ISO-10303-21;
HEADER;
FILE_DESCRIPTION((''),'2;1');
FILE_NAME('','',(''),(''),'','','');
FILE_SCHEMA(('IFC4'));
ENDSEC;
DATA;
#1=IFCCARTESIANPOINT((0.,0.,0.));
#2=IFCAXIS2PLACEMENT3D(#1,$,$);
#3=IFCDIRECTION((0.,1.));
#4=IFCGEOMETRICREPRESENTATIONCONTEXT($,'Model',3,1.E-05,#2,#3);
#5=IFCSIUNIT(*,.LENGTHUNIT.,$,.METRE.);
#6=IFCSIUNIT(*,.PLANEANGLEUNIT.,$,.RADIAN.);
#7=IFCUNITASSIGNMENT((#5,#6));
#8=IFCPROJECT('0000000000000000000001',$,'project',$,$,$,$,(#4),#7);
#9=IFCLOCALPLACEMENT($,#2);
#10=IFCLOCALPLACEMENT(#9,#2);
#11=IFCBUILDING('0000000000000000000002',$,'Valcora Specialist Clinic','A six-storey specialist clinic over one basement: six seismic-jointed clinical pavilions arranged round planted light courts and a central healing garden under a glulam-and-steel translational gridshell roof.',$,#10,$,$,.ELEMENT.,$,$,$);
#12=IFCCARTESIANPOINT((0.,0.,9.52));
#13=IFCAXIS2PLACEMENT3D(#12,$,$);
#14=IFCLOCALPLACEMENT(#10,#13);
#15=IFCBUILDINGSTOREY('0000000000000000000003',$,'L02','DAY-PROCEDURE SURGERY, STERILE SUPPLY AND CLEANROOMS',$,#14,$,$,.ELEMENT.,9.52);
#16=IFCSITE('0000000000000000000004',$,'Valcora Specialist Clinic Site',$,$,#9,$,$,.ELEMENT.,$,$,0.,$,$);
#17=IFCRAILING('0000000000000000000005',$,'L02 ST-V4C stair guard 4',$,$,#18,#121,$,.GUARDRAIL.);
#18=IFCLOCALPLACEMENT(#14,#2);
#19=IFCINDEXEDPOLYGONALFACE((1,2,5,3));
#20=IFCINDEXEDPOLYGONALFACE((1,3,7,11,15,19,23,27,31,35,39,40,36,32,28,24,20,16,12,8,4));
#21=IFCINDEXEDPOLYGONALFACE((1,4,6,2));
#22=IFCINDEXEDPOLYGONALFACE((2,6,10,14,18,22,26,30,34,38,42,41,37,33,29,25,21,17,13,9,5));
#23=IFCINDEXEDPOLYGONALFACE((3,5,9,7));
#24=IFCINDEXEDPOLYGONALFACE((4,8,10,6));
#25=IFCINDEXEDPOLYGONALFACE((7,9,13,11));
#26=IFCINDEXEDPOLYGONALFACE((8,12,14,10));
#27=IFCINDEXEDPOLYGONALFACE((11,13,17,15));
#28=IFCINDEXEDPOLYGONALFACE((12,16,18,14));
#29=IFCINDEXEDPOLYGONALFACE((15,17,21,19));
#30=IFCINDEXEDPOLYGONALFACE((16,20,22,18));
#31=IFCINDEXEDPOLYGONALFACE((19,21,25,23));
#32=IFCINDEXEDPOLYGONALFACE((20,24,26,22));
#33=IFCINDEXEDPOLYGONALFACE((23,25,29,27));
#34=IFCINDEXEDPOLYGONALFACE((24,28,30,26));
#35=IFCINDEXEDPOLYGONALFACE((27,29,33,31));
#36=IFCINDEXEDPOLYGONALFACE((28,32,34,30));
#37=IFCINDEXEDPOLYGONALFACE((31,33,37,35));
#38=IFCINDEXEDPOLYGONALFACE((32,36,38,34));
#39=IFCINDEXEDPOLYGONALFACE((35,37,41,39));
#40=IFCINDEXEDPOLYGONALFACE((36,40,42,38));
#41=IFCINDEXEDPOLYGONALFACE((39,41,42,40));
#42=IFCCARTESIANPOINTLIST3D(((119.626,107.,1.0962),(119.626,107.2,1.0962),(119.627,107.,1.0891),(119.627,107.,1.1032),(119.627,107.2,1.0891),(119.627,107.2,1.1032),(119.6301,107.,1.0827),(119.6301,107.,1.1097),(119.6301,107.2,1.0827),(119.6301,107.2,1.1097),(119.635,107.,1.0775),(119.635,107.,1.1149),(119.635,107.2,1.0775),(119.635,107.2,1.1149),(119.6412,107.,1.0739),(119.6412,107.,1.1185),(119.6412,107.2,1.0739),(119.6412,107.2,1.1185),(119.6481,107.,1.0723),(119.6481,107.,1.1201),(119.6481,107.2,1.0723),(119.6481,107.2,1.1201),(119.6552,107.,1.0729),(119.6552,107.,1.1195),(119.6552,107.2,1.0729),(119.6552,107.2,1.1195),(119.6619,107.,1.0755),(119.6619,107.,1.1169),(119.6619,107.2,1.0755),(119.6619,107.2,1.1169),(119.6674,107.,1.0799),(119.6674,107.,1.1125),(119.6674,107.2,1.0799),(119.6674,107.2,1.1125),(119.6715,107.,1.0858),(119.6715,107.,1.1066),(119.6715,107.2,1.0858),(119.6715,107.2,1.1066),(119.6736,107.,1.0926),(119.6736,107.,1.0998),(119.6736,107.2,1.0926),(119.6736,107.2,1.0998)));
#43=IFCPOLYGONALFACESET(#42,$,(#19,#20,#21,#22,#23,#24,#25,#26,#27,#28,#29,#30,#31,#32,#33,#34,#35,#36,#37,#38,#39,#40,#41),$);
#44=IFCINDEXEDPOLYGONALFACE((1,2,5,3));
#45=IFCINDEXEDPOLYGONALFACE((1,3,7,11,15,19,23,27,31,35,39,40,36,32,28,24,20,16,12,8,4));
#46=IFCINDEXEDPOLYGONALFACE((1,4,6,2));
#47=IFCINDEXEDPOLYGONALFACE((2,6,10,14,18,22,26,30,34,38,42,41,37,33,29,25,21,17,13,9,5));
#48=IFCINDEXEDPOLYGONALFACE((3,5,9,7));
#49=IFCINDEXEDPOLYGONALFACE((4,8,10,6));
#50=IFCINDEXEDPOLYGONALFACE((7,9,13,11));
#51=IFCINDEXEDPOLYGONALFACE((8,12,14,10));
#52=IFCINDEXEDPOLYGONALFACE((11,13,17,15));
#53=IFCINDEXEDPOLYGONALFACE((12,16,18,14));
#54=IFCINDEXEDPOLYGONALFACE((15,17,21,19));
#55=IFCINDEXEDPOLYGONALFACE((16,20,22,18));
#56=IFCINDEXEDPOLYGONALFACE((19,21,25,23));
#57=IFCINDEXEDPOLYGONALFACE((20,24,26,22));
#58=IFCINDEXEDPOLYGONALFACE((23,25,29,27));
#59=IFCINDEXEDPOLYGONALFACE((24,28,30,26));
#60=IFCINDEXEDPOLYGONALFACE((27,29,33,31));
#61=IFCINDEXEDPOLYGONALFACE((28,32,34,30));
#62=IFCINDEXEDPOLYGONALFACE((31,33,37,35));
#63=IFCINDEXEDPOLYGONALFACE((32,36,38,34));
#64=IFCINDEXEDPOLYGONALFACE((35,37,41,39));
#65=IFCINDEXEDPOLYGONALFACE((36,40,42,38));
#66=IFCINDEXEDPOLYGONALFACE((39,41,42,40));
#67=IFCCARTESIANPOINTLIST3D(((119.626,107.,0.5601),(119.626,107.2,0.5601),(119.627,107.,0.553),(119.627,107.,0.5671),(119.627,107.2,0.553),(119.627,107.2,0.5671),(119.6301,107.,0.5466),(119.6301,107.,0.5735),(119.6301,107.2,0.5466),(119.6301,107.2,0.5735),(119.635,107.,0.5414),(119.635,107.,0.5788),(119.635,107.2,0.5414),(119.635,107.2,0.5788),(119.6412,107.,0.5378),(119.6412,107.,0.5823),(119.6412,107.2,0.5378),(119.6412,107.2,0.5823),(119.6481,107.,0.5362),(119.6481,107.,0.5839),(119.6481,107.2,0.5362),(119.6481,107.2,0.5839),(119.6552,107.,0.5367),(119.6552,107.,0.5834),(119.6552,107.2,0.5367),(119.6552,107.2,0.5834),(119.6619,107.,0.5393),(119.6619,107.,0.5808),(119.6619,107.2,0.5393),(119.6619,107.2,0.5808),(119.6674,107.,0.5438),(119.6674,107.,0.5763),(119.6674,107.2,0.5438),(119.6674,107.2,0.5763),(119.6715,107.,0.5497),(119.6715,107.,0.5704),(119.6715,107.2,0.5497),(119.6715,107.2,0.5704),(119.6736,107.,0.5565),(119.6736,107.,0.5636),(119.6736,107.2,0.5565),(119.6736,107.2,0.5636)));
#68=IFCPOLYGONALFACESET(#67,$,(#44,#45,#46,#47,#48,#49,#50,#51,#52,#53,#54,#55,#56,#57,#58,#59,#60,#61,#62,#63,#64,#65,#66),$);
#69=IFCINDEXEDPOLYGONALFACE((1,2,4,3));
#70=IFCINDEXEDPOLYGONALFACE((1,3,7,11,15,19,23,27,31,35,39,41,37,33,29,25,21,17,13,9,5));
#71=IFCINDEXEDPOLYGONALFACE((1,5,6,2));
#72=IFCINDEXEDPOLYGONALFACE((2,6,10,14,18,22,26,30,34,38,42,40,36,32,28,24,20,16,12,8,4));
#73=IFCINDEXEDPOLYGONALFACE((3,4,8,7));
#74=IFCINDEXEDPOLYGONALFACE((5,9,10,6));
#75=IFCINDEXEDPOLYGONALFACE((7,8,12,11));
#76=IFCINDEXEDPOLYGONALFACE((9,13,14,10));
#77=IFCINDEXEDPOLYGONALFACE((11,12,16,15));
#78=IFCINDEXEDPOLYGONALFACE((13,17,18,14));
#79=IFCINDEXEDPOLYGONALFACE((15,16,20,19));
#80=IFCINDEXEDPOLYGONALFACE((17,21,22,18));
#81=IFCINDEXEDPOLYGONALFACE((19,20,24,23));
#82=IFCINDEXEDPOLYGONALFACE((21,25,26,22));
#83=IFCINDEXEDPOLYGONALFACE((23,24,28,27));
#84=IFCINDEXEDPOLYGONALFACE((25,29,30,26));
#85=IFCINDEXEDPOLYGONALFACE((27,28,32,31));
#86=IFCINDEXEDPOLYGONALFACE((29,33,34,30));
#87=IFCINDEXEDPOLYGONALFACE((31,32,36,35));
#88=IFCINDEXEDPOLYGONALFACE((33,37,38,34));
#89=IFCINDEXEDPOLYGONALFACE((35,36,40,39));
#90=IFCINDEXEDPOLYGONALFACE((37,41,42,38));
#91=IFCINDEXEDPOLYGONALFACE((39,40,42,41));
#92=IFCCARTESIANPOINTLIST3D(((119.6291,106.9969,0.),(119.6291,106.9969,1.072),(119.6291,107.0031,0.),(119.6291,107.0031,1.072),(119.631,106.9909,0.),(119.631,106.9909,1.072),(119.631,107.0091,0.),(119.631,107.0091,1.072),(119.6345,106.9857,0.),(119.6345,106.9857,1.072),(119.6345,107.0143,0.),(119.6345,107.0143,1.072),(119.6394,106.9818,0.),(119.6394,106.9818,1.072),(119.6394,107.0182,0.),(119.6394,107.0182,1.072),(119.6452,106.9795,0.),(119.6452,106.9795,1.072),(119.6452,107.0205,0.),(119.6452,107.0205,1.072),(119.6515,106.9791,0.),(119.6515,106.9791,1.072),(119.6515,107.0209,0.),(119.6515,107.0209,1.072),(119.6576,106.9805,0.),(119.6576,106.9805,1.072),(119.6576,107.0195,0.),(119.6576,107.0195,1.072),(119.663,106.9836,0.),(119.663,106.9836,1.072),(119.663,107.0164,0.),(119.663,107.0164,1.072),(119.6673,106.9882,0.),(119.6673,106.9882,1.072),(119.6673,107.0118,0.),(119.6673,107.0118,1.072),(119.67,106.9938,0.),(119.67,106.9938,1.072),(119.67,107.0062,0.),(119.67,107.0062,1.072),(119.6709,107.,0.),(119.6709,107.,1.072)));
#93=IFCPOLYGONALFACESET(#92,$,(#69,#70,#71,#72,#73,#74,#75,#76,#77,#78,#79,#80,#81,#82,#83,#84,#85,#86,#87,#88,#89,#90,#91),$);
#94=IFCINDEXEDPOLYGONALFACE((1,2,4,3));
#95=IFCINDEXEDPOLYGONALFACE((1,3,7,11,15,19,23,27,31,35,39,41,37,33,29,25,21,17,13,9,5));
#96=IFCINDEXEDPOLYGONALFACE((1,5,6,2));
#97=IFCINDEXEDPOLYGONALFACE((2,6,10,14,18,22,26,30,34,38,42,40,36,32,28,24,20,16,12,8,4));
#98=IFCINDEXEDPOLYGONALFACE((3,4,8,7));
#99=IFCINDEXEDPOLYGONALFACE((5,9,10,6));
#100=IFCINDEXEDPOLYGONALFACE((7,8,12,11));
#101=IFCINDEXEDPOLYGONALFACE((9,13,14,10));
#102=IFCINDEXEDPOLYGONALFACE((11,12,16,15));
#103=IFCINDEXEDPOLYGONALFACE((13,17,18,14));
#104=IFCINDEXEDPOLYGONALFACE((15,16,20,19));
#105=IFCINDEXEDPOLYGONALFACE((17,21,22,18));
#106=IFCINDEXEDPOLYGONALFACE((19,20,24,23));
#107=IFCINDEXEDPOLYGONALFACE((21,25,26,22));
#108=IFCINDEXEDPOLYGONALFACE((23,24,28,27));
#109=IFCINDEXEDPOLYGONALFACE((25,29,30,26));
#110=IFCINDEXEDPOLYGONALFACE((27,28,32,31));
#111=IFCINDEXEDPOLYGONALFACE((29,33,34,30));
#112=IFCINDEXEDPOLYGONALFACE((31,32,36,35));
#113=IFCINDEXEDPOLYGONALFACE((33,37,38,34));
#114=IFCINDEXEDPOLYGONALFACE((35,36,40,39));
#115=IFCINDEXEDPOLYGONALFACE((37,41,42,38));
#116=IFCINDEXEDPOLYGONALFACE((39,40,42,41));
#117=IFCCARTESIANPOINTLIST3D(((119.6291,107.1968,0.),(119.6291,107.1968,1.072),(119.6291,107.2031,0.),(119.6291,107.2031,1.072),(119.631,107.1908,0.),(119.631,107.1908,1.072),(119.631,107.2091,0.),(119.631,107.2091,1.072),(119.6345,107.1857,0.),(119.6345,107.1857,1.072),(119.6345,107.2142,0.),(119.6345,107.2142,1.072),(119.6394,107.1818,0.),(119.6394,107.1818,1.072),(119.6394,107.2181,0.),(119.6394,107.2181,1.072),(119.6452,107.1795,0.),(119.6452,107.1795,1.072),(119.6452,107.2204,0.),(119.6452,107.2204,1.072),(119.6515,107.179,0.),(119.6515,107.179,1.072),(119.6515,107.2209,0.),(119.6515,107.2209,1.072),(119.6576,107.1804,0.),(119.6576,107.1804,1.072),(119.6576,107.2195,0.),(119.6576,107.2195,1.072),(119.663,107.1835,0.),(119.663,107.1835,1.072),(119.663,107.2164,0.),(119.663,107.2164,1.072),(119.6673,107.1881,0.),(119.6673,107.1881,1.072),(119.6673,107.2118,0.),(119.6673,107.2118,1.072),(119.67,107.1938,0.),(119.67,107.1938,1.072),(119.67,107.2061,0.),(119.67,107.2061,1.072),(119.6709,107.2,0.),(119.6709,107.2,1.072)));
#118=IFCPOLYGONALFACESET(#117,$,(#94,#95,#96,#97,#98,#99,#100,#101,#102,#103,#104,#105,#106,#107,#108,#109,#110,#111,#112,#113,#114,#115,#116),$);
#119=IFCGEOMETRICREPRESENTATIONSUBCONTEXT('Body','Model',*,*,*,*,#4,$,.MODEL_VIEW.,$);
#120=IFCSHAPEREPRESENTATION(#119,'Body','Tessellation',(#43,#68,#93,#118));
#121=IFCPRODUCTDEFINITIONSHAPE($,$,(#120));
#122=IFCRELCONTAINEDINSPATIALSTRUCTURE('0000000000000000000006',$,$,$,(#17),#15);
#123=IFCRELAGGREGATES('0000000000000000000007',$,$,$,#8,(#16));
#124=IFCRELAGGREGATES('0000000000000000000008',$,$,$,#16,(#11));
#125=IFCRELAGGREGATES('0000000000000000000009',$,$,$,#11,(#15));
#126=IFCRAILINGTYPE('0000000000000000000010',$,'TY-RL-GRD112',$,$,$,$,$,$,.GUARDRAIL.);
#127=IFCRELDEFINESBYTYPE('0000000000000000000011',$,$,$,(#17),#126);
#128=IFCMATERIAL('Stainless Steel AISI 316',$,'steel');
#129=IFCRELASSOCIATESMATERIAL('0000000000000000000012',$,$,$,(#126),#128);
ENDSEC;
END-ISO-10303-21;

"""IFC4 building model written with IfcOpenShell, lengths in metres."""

from ifc_helpers import new_model, si_unit, direction, frame, origin, origin_2d, place, context, subcontext, project, spatial, circle, extrude, material, type_object, element, save


model = new_model("IFC4")

# Units and contexts
model_context = context("Model", 3, precision=1e-05, world=origin(), true_north=direction((0.0, 1.0)))
body_context = subcontext(model_context, "Body", "Model", "MODEL_VIEW")
ifc_project = project(units=[si_unit("LENGTHUNIT", "METRE"), si_unit("PLANEANGLEUNIT", "RADIAN")], contexts=[model_context])

# Site, building, storey
site_placement = place(None, origin())
site = spatial("IfcSite", under=ifc_project, at=site_placement, Name="Valcora Specialist Clinic Site", CompositionType="ELEMENT", RefElevation=0.0)
building_placement = place(site_placement, origin())
building = spatial("IfcBuilding", under=site, at=building_placement, Name="Valcora Specialist Clinic", Description="A six-storey specialist clinic over one basement: six seismic-jointed clinical pavilions arranged round planted light courts and a central healing garden under a glulam-and-steel translational gridshell roof.", CompositionType="ELEMENT")
storey_placement = place(building_placement, frame((0.0, 0.0, 9.52)))
storey = spatial("IfcBuildingStorey", under=building, at=storey_placement, Name="L02", Description="DAY-PROCEDURE SURGERY, STERILE SUPPLY AND CLEANROOMS", CompositionType="ELEMENT", Elevation=9.52)

# Railing
ifc_material_1 = material(Name="Stainless Steel AISI 316", Category="steel")
railing_type_1 = type_object("IfcRailingType", Name="TY-RL-GRD112", PredefinedType="GUARDRAIL", material=ifc_material_1)
railing_1_placement = place(storey_placement, frame((119.6499, 107.0, 0.0)))
element("IfcRailing", 1, at=railing_1_placement, inside=storey, type_object=railing_type_1, Name="L02 ST-V4C stair guard 4", PredefinedType="GUARDRAIL", context=body_context, shape_type="SweptSolid", body=[
    extrude(circle(Radius=0.0239, at=origin_2d()), frame((0.0, 0.0, 1.0962), z_axis=(0.0, 1.0, 0.0), x_axis=(-1.0, 0.0, 0.0)), (0.0, 0.0, 1.0), 0.2),
    extrude(circle(Radius=0.0239, at=origin_2d()), frame((0.0, 0.0, 0.5601), z_axis=(0.0, 1.0, 0.0), x_axis=(-1.0, 0.0, 0.0)), (0.0, 0.0, 1.0), 0.2),
    extrude(circle(Radius=0.021, at=origin_2d()), origin(), (0.0, 0.0, 1.0), 1.072),
    extrude(circle(Radius=0.021, at=origin_2d()), frame((0.0, 0.2, 0.0)), (0.0, 0.0, 1.0), 1.072),
])

save(model, "model.ifc")
